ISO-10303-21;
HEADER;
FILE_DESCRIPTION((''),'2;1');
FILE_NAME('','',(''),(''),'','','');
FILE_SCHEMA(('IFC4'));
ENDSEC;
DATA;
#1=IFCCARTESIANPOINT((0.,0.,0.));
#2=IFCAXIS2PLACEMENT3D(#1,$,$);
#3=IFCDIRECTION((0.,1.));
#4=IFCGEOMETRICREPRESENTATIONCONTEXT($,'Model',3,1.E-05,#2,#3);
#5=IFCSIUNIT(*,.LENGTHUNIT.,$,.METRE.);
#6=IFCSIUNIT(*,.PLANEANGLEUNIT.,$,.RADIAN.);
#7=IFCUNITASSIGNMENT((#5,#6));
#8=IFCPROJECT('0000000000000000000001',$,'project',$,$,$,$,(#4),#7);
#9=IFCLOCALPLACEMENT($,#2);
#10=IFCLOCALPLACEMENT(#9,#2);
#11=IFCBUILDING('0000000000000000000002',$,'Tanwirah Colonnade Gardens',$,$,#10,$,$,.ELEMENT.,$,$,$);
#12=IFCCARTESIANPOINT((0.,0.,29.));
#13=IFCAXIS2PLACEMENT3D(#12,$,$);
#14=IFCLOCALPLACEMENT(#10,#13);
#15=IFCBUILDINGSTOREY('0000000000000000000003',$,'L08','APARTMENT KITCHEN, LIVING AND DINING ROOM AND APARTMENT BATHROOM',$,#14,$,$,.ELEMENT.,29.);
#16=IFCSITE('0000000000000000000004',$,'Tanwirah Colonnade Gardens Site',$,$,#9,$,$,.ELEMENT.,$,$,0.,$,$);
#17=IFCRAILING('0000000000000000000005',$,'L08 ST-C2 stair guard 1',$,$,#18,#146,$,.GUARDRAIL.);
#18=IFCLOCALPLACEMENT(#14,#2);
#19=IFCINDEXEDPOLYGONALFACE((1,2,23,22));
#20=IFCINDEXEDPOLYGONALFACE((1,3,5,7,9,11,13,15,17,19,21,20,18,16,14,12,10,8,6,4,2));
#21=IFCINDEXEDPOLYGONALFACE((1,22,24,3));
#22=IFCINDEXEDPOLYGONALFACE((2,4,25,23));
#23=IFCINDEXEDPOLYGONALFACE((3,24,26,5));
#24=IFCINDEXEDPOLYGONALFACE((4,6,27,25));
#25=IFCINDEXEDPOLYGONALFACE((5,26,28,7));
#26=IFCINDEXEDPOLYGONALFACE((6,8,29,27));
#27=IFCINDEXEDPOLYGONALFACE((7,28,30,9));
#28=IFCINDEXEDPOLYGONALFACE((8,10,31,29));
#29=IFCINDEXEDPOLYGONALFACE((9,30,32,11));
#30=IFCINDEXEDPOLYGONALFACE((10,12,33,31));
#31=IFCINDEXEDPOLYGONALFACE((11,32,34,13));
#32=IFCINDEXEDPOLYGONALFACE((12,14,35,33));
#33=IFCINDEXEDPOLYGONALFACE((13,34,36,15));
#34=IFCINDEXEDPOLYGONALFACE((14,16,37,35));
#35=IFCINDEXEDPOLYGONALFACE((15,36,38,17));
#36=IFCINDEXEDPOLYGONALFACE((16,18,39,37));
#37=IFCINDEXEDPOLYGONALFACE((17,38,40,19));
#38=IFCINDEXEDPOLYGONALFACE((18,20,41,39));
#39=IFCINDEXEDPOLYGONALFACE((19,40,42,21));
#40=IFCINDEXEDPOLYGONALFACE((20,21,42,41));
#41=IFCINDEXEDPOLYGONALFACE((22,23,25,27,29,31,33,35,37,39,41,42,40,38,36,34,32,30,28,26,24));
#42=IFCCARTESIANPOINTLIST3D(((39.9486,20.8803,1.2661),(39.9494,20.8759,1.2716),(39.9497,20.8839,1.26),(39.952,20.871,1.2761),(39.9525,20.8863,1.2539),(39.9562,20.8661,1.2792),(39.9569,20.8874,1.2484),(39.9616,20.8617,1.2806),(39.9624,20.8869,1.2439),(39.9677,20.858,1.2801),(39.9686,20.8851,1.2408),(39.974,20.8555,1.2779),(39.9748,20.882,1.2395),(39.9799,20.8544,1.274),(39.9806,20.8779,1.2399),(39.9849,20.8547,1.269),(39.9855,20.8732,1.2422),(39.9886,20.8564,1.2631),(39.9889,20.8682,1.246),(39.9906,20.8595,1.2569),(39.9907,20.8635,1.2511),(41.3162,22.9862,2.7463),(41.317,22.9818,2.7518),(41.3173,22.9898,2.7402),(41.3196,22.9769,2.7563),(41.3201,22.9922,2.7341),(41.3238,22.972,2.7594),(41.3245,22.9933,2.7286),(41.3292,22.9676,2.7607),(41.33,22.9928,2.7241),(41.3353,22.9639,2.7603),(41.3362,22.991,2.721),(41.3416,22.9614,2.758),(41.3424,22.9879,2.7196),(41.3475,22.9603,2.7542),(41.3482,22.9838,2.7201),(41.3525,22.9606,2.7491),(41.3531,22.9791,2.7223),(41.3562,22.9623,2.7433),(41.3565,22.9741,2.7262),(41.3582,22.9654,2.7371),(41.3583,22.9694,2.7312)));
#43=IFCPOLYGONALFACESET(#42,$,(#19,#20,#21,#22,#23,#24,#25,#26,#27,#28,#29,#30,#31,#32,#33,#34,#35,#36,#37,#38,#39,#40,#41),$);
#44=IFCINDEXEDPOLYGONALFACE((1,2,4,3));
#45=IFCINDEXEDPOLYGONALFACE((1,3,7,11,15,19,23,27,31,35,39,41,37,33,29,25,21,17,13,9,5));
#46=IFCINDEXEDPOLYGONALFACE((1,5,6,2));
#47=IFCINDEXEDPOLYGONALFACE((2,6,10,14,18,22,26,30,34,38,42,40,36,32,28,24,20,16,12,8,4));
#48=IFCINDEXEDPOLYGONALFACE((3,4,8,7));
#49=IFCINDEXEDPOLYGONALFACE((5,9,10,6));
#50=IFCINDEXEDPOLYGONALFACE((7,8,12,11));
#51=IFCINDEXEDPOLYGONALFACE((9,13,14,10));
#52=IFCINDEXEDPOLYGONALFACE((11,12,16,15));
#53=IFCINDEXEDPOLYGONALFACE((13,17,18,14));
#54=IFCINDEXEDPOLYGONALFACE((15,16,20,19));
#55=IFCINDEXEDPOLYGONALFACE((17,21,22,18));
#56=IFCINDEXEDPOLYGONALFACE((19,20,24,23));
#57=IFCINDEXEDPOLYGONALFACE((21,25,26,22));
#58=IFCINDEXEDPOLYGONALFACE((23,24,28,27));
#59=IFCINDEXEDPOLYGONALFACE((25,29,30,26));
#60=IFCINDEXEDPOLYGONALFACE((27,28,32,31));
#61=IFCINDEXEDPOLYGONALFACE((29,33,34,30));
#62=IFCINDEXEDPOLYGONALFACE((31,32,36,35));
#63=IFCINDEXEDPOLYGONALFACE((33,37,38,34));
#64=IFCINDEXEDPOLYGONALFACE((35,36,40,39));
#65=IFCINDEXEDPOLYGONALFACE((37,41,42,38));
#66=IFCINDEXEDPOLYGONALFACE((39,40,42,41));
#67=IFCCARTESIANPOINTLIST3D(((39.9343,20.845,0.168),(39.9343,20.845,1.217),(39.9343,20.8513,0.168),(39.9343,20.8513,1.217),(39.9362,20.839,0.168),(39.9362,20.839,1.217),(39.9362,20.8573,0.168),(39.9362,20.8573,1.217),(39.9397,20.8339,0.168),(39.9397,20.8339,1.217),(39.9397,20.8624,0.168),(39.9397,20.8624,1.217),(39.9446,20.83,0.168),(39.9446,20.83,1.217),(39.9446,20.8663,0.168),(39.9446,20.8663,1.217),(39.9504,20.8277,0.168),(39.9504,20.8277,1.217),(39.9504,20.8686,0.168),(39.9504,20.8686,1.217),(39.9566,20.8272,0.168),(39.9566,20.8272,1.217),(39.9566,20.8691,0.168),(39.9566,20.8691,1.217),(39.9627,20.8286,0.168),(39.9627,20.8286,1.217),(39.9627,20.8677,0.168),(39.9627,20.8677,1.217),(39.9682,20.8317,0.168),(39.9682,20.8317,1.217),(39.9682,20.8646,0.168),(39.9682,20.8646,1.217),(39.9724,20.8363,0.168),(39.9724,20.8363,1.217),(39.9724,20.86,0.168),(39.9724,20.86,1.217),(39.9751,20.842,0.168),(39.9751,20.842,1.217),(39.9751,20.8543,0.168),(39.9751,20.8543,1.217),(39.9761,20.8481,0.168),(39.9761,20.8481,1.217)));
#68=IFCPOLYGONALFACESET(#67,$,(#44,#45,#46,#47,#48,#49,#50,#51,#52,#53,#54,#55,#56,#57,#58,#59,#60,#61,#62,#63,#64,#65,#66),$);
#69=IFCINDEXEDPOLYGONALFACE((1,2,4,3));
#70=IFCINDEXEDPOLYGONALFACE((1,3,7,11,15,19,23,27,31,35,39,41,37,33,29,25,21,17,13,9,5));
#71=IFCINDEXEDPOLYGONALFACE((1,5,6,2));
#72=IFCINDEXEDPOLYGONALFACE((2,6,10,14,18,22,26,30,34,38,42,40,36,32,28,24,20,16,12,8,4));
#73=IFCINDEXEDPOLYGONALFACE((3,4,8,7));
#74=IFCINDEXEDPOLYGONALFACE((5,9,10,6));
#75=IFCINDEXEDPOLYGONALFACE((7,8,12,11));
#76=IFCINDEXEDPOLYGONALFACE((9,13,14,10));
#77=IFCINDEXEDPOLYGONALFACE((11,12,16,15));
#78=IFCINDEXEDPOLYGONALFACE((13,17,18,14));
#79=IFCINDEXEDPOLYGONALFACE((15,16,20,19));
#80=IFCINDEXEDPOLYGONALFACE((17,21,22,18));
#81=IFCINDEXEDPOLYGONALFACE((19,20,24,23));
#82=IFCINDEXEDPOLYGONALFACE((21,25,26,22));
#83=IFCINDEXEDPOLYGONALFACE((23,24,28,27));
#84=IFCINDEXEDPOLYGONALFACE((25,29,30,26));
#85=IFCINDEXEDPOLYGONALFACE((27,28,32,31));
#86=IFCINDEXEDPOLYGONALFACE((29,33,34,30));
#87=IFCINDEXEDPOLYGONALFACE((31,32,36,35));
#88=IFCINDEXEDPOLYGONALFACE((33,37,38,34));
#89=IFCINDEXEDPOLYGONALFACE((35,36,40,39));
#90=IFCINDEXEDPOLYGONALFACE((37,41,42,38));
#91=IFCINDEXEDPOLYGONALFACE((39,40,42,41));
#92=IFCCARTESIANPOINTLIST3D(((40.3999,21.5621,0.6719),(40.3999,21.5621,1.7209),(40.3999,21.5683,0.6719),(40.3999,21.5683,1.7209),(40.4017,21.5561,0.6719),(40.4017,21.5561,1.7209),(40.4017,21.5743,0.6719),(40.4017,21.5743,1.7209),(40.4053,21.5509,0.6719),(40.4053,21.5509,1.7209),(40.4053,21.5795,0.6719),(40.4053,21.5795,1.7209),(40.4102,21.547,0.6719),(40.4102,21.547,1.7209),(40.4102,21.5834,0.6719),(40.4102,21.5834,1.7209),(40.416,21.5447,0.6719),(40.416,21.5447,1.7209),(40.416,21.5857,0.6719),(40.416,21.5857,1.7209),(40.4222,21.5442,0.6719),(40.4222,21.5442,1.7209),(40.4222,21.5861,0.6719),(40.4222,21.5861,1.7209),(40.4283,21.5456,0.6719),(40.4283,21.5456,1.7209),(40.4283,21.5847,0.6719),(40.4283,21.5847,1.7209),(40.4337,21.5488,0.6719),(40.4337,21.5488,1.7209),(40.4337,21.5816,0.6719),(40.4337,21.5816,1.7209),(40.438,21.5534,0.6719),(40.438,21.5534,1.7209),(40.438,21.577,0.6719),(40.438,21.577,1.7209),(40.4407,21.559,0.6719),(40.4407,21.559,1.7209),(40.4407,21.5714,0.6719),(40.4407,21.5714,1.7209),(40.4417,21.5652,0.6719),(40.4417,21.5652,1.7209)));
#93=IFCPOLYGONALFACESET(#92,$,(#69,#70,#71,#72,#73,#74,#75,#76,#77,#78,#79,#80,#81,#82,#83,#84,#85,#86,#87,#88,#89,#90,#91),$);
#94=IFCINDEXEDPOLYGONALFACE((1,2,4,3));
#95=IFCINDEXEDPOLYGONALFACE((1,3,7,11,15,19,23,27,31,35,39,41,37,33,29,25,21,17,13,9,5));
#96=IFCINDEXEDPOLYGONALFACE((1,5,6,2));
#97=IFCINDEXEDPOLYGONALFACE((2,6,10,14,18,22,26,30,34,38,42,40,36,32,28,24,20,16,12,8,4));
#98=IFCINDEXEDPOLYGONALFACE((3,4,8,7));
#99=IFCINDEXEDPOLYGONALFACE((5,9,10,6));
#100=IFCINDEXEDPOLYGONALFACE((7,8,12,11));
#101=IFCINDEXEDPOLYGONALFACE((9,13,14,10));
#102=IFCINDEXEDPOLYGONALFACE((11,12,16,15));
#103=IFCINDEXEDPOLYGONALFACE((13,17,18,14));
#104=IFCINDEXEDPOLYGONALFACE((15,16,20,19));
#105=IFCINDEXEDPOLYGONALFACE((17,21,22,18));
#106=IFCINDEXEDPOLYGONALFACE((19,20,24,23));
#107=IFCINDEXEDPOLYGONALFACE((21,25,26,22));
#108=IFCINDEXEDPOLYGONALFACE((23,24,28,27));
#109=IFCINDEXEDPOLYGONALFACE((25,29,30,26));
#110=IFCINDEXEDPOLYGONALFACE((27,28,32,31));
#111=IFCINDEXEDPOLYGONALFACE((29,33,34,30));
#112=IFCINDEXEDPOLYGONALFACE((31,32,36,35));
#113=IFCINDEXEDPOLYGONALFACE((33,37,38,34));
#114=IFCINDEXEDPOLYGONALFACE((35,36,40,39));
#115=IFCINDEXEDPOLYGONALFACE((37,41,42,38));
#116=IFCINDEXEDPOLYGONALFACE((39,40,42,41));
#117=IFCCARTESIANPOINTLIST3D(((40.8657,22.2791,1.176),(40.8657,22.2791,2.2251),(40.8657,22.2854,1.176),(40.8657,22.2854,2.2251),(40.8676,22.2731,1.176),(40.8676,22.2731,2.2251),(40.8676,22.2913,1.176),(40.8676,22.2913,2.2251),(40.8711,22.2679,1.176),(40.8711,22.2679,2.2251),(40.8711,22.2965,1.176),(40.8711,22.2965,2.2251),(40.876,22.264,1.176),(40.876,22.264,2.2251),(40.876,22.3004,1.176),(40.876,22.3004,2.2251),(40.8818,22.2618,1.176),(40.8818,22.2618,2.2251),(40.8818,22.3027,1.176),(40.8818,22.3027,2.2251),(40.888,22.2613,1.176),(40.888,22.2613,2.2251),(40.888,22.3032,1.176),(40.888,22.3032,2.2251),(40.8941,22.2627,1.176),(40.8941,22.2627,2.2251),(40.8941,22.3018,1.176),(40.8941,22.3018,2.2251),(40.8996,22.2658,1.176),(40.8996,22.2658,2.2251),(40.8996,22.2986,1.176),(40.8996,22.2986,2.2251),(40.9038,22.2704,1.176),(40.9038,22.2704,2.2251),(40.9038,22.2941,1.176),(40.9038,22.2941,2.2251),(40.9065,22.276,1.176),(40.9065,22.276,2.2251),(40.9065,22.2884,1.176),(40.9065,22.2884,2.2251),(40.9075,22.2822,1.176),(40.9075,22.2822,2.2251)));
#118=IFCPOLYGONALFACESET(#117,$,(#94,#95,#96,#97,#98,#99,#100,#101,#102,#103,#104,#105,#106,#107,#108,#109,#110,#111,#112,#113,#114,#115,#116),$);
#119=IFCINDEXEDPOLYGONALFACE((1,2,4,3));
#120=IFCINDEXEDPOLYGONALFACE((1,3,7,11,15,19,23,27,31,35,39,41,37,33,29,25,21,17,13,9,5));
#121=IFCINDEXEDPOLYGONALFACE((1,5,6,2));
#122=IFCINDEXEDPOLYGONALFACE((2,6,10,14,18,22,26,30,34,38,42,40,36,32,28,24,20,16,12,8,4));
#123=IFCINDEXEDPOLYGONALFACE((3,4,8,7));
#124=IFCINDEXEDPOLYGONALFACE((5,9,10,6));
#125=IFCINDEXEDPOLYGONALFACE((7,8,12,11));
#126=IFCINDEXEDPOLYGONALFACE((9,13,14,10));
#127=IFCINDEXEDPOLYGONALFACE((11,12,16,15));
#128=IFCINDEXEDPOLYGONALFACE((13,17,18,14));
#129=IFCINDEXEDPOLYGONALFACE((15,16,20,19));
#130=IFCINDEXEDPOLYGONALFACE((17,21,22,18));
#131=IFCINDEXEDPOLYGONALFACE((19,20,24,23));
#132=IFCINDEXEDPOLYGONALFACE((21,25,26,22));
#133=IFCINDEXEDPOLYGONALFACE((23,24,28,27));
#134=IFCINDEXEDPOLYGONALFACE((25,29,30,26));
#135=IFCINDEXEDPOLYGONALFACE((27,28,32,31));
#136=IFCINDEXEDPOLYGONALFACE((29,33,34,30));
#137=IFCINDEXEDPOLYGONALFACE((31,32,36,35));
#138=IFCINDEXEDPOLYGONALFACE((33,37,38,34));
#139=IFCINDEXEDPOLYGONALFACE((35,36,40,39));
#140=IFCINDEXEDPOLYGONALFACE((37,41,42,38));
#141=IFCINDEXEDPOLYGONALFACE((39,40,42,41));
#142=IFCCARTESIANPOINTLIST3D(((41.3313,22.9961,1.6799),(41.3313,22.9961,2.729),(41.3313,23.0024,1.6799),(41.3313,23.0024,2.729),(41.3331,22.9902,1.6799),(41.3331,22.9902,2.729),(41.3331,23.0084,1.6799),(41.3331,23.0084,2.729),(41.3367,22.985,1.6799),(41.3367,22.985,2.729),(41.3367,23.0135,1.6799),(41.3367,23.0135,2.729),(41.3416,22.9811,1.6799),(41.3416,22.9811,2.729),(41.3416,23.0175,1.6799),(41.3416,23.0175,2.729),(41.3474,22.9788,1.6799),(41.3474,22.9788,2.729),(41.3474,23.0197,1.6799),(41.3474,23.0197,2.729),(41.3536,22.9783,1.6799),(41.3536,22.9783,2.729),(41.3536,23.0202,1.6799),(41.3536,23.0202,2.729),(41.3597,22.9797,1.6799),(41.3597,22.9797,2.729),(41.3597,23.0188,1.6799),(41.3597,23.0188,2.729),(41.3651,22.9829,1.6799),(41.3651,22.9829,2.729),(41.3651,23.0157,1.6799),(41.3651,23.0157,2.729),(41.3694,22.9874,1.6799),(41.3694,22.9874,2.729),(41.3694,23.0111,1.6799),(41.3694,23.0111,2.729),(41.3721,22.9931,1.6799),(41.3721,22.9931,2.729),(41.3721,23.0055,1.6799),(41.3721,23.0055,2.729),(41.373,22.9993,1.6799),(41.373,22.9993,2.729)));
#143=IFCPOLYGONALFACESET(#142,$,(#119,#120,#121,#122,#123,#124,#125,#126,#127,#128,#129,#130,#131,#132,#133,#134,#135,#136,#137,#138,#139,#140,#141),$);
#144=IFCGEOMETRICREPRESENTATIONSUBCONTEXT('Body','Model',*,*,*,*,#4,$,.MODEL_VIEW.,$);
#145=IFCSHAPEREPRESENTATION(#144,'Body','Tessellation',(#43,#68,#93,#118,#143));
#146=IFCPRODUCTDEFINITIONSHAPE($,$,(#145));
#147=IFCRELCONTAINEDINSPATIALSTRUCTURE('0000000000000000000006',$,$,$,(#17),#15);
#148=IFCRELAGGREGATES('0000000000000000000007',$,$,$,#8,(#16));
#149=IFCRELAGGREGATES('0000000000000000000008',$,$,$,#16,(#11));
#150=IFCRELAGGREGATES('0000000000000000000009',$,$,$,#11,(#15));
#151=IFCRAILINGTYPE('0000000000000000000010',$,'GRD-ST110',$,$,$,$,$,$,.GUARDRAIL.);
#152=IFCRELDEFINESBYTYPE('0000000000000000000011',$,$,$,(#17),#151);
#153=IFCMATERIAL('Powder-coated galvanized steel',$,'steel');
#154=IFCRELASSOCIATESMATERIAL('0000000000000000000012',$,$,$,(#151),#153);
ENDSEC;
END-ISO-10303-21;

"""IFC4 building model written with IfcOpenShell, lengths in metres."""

from ifc_helpers import new_model, si_unit, direction, frame, origin, origin_2d, place, context, subcontext, project, spatial, circle, extrude, material, type_object, element, save


model = new_model("IFC4")

# Units and contexts
model_context = context("Model", 3, precision=1e-05, world=origin(), true_north=direction((0.0, 1.0)))
body_context = subcontext(model_context, "Body", "Model", "MODEL_VIEW")
ifc_project = project(units=[si_unit("LENGTHUNIT", "METRE"), si_unit("PLANEANGLEUNIT", "RADIAN")], contexts=[model_context])

# Site, building, storey
site_placement = place(None, origin())
site = spatial("IfcSite", under=ifc_project, at=site_placement, Name="Tanwirah Colonnade Gardens Site", CompositionType="ELEMENT", RefElevation=0.0)
building_placement = place(site_placement, origin())
building = spatial("IfcBuilding", under=site, at=building_placement, Name="Tanwirah Colonnade Gardens", CompositionType="ELEMENT")
storey_placement = place(building_placement, frame((0.0, 0.0, 29.0)))
storey = spatial("IfcBuildingStorey", under=building, at=storey_placement, Name="L08", Description="APARTMENT KITCHEN, LIVING AND DINING ROOM AND APARTMENT BATHROOM", CompositionType="ELEMENT", Elevation=29.0)

# Railing
ifc_material_1 = material(Name="Powder-coated galvanized steel", Category="steel")
railing_type_1 = type_object("IfcRailingType", Name="GRD-ST110", PredefinedType="GUARDRAIL", material=ifc_material_1)
railing_1_placement = place(storey_placement, frame((39.9551, 20.8481, 0.168)))
element("IfcRailing", 1, at=railing_1_placement, inside=storey, type_object=railing_type_1, Name="L08 ST-C2 stair guard 1", PredefinedType="GUARDRAIL", context=body_context, shape_type="SweptSolid", body=[
    extrude(circle(Radius=0.0239, at=origin_2d()), frame((0.0146, 0.0227, 1.092), z_axis=(0.469193, 0.722484, 0.507814), x_axis=(-0.838668, 0.544644, 0.0)), (0.0, 0.0, 1.0), 2.9148),
    extrude(circle(Radius=0.021, at=origin_2d()), origin(), (0.0, 0.0, 1.0), 1.0491),
    extrude(circle(Radius=0.021, at=origin_2d()), frame((0.4656, 0.717, 0.5039)), (0.0, 0.0, 1.0), 1.0491),
    extrude(circle(Radius=0.021, at=origin_2d()), frame((0.9314, 1.4341, 1.0081)), (0.0, 0.0, 1.0), 1.0491),
    extrude(circle(Radius=0.021, at=origin_2d()), frame((1.397, 2.1511, 1.512)), (0.0, 0.0, 1.0), 1.0491),
])

save(model, "model.ifc")
